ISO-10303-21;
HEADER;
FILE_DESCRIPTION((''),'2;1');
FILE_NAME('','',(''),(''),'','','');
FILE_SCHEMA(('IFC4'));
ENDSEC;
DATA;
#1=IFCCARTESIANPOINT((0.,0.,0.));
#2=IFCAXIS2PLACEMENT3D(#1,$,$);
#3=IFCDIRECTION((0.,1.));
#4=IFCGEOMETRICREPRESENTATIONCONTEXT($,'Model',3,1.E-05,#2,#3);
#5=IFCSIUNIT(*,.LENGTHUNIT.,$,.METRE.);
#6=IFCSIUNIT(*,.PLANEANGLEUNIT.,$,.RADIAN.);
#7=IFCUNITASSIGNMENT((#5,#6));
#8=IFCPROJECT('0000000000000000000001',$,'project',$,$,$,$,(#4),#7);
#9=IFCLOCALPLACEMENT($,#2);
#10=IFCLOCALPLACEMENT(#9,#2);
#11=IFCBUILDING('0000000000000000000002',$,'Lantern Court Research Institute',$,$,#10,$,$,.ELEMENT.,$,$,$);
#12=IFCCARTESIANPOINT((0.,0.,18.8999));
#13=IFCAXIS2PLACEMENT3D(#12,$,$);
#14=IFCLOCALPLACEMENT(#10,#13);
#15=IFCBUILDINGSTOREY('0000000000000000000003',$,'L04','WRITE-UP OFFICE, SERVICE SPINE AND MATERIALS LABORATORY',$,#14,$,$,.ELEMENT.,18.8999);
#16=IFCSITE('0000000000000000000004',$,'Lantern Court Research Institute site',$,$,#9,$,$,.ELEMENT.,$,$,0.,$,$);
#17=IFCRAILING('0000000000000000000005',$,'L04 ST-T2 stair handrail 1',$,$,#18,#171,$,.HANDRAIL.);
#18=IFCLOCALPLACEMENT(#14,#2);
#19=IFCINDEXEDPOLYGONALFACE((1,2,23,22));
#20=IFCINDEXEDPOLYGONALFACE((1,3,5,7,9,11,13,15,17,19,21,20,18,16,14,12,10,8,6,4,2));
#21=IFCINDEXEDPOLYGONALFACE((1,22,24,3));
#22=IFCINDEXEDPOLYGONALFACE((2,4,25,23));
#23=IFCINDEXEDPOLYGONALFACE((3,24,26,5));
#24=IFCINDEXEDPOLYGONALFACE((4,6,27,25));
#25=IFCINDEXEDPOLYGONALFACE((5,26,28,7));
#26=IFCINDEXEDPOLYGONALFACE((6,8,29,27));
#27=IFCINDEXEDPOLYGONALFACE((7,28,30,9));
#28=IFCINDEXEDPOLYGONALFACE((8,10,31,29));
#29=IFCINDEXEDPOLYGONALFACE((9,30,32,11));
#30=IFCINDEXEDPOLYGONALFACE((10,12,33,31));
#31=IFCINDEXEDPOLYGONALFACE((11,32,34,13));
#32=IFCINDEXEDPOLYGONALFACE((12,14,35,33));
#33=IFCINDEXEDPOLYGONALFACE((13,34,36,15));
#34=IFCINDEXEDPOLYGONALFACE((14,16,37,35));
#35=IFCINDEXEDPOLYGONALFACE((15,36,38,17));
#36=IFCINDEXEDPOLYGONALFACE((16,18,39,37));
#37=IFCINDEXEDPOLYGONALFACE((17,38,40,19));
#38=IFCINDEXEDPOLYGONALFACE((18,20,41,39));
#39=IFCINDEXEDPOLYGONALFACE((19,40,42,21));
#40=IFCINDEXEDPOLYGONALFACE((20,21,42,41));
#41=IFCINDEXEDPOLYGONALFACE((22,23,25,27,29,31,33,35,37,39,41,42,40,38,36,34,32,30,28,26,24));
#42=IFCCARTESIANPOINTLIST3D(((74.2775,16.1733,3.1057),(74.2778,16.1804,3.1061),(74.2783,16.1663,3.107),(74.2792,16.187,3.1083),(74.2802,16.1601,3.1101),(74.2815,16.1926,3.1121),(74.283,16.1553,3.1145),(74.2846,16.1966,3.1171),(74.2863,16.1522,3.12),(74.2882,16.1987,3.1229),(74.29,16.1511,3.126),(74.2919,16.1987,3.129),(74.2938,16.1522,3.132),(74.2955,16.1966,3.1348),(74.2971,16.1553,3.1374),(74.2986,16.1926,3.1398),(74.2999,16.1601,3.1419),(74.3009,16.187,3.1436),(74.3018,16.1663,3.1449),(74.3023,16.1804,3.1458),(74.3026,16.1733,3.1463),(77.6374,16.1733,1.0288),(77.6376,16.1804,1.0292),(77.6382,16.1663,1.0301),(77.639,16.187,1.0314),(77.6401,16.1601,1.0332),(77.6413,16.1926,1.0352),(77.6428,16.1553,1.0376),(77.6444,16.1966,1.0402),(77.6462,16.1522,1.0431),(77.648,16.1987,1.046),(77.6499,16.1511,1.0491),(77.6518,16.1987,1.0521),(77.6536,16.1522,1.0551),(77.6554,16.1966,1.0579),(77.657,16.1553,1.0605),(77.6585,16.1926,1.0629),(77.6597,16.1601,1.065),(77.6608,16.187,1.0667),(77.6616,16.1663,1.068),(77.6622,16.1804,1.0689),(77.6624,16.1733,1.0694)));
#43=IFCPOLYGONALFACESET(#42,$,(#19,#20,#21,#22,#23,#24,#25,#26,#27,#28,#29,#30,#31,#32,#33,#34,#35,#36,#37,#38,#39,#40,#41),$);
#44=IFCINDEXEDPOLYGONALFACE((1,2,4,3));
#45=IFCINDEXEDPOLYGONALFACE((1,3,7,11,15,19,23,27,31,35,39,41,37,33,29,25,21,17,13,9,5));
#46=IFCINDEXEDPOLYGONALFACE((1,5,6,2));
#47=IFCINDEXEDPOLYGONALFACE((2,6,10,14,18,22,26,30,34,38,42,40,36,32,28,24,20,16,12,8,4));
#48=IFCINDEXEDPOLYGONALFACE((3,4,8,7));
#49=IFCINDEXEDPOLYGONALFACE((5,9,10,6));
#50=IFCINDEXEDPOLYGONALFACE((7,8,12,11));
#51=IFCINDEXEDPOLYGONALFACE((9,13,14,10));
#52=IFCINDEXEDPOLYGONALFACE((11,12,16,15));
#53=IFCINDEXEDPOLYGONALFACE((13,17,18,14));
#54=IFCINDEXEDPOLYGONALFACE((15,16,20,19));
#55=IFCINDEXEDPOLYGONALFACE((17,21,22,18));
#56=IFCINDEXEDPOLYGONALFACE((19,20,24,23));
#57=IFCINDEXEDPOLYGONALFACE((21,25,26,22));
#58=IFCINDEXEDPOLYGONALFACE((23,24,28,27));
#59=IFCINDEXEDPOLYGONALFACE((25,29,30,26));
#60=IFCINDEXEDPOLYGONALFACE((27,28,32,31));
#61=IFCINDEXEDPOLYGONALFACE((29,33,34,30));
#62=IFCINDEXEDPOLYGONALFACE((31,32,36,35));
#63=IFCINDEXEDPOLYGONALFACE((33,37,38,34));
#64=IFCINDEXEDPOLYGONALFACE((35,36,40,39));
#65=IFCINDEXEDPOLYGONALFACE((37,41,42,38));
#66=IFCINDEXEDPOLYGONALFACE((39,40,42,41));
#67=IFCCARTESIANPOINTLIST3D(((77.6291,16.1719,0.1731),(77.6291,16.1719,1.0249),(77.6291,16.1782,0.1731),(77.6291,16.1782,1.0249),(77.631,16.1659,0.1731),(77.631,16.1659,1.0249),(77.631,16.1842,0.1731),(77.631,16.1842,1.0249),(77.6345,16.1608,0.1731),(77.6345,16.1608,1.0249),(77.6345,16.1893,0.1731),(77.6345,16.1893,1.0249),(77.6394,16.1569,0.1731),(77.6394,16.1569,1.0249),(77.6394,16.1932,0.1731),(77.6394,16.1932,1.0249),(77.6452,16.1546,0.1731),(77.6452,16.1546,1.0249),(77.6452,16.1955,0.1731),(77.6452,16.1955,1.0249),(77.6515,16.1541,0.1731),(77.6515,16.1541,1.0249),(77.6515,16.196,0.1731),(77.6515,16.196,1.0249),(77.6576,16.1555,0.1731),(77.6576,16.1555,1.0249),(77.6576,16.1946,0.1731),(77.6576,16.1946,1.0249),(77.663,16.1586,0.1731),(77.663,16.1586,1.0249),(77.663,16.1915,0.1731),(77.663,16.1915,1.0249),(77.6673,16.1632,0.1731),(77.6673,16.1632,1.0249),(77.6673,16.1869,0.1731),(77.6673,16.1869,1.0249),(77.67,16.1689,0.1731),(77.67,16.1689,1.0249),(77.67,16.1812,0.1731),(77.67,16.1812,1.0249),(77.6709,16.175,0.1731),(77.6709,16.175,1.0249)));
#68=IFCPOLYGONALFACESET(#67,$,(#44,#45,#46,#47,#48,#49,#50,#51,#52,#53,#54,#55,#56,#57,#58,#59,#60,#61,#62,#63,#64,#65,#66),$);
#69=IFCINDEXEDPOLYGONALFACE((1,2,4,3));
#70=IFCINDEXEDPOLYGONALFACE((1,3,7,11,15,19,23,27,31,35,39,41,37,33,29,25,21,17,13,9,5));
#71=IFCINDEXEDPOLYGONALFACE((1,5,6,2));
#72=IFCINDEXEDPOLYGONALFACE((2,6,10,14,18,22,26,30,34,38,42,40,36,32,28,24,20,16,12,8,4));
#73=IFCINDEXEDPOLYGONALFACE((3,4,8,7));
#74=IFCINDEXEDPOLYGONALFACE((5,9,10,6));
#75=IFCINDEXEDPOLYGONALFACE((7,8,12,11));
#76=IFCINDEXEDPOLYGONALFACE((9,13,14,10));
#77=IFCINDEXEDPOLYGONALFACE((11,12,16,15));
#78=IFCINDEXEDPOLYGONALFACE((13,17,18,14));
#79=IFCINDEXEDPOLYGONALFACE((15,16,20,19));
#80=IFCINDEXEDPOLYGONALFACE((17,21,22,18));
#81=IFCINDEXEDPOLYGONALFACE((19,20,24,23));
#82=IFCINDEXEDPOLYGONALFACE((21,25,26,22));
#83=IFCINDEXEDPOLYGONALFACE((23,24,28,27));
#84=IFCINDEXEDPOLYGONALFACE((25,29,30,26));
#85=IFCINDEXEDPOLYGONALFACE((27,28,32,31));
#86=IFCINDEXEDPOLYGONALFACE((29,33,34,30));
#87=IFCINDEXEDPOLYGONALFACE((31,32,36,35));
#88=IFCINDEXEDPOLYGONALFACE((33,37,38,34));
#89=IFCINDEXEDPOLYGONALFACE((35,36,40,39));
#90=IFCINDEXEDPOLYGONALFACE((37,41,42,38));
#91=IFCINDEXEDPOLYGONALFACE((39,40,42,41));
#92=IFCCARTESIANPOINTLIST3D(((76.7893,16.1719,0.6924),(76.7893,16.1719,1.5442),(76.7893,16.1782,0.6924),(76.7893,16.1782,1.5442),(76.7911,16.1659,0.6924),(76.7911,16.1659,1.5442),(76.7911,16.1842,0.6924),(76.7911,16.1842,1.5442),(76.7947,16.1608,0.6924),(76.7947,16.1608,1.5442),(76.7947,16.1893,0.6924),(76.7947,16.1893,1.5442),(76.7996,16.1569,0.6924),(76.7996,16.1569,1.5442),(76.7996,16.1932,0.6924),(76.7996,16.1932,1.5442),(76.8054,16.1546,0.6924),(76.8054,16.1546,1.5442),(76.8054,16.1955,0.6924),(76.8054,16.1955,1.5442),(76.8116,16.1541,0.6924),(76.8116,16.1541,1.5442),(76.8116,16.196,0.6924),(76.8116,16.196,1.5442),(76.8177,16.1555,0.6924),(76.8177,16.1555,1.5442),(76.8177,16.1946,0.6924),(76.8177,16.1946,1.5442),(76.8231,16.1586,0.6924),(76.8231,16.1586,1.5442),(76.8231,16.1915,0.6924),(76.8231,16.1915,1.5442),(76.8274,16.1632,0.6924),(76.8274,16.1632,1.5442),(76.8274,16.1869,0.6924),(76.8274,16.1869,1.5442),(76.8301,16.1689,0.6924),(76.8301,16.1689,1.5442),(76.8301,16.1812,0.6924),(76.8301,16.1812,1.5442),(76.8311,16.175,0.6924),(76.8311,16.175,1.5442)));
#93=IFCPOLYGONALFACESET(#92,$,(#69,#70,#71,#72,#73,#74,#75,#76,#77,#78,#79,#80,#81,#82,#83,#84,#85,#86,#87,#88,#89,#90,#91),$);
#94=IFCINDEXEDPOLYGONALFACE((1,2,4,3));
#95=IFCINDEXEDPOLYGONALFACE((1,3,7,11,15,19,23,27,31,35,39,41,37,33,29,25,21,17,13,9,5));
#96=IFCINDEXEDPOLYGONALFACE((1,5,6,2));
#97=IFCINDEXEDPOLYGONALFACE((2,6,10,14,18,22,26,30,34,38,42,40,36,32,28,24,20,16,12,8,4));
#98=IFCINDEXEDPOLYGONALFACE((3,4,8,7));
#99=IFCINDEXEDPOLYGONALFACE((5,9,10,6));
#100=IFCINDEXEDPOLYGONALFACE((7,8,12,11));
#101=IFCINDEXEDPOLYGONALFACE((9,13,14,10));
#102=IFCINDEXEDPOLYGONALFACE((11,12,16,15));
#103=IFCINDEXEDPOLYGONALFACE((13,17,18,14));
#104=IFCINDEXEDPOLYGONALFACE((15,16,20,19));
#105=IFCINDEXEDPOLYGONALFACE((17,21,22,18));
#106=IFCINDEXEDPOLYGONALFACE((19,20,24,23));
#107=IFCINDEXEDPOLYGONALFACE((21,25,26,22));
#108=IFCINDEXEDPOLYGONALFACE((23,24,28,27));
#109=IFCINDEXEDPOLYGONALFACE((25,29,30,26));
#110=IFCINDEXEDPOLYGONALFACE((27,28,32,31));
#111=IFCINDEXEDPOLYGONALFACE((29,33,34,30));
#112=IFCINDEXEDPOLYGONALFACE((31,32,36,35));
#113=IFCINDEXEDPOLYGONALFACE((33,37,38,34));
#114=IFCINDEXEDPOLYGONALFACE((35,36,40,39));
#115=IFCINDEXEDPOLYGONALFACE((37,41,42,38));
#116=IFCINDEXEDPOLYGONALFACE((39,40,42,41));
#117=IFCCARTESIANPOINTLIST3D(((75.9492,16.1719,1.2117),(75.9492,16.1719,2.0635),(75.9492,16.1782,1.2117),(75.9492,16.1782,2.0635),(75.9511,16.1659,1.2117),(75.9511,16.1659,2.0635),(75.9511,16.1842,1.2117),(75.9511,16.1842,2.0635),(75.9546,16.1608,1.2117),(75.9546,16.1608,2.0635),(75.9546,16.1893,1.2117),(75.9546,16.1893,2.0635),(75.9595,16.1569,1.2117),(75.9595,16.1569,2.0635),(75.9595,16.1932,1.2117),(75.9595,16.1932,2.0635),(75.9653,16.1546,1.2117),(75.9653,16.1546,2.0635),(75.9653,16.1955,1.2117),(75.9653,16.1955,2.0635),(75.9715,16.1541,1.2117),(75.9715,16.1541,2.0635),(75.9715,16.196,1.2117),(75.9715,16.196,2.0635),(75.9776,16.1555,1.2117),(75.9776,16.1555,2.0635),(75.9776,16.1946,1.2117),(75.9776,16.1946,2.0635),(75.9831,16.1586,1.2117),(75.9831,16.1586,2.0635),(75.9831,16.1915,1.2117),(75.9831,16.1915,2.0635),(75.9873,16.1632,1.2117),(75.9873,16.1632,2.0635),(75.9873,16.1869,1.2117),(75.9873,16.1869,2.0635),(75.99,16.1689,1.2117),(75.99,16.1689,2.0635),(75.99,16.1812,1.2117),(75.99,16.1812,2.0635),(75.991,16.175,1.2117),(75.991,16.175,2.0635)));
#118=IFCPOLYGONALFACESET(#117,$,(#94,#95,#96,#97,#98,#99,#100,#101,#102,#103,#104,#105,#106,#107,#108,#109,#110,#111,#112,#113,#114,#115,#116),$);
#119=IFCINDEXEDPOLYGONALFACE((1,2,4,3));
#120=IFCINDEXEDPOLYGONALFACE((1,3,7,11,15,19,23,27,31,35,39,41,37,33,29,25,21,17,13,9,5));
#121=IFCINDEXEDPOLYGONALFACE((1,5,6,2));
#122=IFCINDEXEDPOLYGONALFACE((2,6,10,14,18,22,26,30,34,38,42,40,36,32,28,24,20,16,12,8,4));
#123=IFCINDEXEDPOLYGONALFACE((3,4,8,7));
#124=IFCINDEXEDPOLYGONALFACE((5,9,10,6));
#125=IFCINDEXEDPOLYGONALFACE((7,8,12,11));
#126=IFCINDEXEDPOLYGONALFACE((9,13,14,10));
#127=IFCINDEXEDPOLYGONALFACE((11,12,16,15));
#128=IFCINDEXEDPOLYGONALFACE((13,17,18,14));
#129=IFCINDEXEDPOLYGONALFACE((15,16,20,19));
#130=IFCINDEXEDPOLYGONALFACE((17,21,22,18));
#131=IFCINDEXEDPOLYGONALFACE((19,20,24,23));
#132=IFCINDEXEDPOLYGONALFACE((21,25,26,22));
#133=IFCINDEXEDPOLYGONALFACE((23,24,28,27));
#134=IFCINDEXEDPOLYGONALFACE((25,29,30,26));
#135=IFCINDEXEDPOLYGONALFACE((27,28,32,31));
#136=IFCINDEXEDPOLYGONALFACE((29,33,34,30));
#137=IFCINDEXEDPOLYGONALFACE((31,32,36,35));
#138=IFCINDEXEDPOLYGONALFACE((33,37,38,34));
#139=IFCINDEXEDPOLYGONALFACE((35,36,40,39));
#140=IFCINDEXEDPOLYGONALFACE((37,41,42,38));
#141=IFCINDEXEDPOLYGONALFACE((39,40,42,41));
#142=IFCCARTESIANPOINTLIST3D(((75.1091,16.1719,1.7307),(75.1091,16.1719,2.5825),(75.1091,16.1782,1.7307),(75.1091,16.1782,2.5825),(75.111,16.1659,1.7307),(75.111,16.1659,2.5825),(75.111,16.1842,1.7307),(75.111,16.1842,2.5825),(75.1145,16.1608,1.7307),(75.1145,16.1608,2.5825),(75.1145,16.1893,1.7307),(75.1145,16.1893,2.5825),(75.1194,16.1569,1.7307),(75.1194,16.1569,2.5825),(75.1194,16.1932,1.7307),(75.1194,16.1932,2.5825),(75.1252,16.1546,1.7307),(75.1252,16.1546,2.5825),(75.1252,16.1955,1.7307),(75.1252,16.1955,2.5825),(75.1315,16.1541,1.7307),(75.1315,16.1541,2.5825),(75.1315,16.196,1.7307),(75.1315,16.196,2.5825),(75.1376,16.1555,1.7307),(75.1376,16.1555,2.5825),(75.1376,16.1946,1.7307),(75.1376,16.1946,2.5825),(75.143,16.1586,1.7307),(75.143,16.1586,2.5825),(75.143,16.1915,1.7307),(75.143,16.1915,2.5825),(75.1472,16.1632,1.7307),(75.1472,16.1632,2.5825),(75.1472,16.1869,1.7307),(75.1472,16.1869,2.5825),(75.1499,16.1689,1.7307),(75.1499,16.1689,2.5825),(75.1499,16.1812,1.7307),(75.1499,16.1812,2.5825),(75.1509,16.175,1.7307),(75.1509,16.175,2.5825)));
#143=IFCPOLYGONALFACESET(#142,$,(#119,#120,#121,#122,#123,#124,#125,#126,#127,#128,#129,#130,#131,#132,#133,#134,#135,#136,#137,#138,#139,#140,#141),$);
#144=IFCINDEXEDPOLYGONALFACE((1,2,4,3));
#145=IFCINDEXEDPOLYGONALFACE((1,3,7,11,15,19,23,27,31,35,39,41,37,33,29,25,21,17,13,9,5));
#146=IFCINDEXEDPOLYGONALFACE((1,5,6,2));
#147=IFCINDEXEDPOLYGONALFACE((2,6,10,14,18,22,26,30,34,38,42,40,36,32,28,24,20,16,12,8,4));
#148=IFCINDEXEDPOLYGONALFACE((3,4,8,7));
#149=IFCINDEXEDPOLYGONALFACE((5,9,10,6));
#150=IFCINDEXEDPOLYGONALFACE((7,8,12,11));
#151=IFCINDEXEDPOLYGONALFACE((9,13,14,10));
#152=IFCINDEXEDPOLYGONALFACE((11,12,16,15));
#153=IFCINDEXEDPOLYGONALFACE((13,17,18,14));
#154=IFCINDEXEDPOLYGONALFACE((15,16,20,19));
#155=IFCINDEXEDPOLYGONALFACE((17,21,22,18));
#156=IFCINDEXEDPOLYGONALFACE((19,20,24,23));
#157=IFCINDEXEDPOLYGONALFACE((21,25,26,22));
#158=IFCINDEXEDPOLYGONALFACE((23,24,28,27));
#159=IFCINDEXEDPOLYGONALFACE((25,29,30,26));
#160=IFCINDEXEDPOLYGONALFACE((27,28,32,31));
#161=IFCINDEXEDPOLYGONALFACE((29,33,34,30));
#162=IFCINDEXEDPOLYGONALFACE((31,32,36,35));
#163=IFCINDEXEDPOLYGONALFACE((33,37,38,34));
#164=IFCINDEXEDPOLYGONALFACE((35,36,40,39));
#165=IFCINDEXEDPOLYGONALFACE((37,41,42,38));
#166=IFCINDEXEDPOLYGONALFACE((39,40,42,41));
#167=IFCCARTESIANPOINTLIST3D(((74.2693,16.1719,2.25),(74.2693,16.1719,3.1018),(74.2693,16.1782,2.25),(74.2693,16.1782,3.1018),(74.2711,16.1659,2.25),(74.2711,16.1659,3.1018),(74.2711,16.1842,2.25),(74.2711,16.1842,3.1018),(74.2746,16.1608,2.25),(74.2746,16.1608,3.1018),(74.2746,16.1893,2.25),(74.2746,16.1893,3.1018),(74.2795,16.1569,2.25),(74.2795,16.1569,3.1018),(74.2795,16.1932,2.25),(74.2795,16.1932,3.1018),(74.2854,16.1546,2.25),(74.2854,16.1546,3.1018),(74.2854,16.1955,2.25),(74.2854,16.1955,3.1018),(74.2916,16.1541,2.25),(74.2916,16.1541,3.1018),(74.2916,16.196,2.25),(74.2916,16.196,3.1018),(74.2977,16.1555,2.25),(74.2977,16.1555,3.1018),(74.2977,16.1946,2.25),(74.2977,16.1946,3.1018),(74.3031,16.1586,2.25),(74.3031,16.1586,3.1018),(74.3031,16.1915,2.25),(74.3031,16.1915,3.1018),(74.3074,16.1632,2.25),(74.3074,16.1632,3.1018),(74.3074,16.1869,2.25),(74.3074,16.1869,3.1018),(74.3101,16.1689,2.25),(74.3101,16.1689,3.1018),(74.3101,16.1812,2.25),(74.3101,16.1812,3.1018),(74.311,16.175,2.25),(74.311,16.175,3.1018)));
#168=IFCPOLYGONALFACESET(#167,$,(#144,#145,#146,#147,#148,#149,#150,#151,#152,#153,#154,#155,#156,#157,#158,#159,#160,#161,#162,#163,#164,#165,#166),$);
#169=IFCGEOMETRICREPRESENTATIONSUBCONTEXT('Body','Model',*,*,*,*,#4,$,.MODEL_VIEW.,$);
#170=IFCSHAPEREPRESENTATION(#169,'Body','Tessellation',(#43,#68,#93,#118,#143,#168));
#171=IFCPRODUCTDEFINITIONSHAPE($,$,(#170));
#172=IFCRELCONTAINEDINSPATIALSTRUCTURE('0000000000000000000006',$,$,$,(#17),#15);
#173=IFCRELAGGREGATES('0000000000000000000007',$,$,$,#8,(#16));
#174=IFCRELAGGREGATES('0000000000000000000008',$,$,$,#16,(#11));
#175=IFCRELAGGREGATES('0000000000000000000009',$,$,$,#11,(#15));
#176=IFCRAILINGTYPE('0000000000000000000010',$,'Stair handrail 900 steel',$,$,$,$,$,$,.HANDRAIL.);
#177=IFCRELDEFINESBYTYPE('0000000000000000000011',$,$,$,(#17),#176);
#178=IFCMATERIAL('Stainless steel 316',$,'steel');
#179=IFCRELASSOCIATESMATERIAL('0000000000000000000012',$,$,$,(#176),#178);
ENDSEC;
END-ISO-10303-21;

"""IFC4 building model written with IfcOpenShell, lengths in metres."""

from ifc_helpers import new_model, si_unit, direction, frame, origin, origin_2d, place, context, subcontext, project, spatial, circle, extrude, material, type_object, element, save


model = new_model("IFC4")

# Units and contexts
model_context = context("Model", 3, precision=1e-05, world=origin(), true_north=direction((0.0, 1.0)))
body_context = subcontext(model_context, "Body", "Model", "MODEL_VIEW")
ifc_project = project(units=[si_unit("LENGTHUNIT", "METRE"), si_unit("PLANEANGLEUNIT", "RADIAN")], contexts=[model_context])

# Site, building, storey
site_placement = place(None, origin())
site = spatial("IfcSite", under=ifc_project, at=site_placement, Name="Lantern Court Research Institute site", CompositionType="ELEMENT", RefElevation=0.0)
building_placement = place(site_placement, origin())
building = spatial("IfcBuilding", under=site, at=building_placement, Name="Lantern Court Research Institute", CompositionType="ELEMENT")
storey_placement = place(building_placement, frame((0.0, 0.0, 18.8999)))
storey = spatial("IfcBuildingStorey", under=building, at=storey_placement, Name="L04", Description="WRITE-UP OFFICE, SERVICE SPINE AND MATERIALS LABORATORY", CompositionType="ELEMENT", Elevation=18.8999)

# Railing
ifc_material_1 = material(Name="Stainless steel 316", Category="steel")
railing_type_1 = type_object("IfcRailingType", Name="Stair handrail 900 steel", PredefinedType="HANDRAIL", material=ifc_material_1)
railing_1_placement = place(storey_placement, frame((77.6499, 16.175, 0.1731)))
element("IfcRailing", 1, at=railing_1_placement, inside=storey, type_object=railing_type_1, Name="L04 ST-T2 stair handrail 1", PredefinedType="HANDRAIL", context=body_context, shape_type="SweptSolid", body=[
    extrude(circle(Radius=0.0239, at=origin_2d()), frame((0.0, 0.0, 0.876), z_axis=(-0.850606, 0.0, 0.525803), x_axis=(0.0, -1.0, 0.0)), (0.0, 0.0, 1.0), 3.95),
    extrude(circle(Radius=0.021, at=origin_2d()), origin(), (0.0, 0.0, 1.0), 0.8518),
    extrude(circle(Radius=0.021, at=origin_2d()), frame((-0.8398, 0.0, 0.5193)), (0.0, 0.0, 1.0), 0.8518),
    extrude(circle(Radius=0.021, at=origin_2d()), frame((-1.6799, 0.0, 1.0386)), (0.0, 0.0, 1.0), 0.8518),
    extrude(circle(Radius=0.021, at=origin_2d()), frame((-2.52, 0.0, 1.5576)), (0.0, 0.0, 1.0), 0.8518),
    extrude(circle(Radius=0.021, at=origin_2d()), frame((-3.3599, 0.0, 2.0769)), (0.0, 0.0, 1.0), 0.8518),
])

save(model, "model.ifc")
